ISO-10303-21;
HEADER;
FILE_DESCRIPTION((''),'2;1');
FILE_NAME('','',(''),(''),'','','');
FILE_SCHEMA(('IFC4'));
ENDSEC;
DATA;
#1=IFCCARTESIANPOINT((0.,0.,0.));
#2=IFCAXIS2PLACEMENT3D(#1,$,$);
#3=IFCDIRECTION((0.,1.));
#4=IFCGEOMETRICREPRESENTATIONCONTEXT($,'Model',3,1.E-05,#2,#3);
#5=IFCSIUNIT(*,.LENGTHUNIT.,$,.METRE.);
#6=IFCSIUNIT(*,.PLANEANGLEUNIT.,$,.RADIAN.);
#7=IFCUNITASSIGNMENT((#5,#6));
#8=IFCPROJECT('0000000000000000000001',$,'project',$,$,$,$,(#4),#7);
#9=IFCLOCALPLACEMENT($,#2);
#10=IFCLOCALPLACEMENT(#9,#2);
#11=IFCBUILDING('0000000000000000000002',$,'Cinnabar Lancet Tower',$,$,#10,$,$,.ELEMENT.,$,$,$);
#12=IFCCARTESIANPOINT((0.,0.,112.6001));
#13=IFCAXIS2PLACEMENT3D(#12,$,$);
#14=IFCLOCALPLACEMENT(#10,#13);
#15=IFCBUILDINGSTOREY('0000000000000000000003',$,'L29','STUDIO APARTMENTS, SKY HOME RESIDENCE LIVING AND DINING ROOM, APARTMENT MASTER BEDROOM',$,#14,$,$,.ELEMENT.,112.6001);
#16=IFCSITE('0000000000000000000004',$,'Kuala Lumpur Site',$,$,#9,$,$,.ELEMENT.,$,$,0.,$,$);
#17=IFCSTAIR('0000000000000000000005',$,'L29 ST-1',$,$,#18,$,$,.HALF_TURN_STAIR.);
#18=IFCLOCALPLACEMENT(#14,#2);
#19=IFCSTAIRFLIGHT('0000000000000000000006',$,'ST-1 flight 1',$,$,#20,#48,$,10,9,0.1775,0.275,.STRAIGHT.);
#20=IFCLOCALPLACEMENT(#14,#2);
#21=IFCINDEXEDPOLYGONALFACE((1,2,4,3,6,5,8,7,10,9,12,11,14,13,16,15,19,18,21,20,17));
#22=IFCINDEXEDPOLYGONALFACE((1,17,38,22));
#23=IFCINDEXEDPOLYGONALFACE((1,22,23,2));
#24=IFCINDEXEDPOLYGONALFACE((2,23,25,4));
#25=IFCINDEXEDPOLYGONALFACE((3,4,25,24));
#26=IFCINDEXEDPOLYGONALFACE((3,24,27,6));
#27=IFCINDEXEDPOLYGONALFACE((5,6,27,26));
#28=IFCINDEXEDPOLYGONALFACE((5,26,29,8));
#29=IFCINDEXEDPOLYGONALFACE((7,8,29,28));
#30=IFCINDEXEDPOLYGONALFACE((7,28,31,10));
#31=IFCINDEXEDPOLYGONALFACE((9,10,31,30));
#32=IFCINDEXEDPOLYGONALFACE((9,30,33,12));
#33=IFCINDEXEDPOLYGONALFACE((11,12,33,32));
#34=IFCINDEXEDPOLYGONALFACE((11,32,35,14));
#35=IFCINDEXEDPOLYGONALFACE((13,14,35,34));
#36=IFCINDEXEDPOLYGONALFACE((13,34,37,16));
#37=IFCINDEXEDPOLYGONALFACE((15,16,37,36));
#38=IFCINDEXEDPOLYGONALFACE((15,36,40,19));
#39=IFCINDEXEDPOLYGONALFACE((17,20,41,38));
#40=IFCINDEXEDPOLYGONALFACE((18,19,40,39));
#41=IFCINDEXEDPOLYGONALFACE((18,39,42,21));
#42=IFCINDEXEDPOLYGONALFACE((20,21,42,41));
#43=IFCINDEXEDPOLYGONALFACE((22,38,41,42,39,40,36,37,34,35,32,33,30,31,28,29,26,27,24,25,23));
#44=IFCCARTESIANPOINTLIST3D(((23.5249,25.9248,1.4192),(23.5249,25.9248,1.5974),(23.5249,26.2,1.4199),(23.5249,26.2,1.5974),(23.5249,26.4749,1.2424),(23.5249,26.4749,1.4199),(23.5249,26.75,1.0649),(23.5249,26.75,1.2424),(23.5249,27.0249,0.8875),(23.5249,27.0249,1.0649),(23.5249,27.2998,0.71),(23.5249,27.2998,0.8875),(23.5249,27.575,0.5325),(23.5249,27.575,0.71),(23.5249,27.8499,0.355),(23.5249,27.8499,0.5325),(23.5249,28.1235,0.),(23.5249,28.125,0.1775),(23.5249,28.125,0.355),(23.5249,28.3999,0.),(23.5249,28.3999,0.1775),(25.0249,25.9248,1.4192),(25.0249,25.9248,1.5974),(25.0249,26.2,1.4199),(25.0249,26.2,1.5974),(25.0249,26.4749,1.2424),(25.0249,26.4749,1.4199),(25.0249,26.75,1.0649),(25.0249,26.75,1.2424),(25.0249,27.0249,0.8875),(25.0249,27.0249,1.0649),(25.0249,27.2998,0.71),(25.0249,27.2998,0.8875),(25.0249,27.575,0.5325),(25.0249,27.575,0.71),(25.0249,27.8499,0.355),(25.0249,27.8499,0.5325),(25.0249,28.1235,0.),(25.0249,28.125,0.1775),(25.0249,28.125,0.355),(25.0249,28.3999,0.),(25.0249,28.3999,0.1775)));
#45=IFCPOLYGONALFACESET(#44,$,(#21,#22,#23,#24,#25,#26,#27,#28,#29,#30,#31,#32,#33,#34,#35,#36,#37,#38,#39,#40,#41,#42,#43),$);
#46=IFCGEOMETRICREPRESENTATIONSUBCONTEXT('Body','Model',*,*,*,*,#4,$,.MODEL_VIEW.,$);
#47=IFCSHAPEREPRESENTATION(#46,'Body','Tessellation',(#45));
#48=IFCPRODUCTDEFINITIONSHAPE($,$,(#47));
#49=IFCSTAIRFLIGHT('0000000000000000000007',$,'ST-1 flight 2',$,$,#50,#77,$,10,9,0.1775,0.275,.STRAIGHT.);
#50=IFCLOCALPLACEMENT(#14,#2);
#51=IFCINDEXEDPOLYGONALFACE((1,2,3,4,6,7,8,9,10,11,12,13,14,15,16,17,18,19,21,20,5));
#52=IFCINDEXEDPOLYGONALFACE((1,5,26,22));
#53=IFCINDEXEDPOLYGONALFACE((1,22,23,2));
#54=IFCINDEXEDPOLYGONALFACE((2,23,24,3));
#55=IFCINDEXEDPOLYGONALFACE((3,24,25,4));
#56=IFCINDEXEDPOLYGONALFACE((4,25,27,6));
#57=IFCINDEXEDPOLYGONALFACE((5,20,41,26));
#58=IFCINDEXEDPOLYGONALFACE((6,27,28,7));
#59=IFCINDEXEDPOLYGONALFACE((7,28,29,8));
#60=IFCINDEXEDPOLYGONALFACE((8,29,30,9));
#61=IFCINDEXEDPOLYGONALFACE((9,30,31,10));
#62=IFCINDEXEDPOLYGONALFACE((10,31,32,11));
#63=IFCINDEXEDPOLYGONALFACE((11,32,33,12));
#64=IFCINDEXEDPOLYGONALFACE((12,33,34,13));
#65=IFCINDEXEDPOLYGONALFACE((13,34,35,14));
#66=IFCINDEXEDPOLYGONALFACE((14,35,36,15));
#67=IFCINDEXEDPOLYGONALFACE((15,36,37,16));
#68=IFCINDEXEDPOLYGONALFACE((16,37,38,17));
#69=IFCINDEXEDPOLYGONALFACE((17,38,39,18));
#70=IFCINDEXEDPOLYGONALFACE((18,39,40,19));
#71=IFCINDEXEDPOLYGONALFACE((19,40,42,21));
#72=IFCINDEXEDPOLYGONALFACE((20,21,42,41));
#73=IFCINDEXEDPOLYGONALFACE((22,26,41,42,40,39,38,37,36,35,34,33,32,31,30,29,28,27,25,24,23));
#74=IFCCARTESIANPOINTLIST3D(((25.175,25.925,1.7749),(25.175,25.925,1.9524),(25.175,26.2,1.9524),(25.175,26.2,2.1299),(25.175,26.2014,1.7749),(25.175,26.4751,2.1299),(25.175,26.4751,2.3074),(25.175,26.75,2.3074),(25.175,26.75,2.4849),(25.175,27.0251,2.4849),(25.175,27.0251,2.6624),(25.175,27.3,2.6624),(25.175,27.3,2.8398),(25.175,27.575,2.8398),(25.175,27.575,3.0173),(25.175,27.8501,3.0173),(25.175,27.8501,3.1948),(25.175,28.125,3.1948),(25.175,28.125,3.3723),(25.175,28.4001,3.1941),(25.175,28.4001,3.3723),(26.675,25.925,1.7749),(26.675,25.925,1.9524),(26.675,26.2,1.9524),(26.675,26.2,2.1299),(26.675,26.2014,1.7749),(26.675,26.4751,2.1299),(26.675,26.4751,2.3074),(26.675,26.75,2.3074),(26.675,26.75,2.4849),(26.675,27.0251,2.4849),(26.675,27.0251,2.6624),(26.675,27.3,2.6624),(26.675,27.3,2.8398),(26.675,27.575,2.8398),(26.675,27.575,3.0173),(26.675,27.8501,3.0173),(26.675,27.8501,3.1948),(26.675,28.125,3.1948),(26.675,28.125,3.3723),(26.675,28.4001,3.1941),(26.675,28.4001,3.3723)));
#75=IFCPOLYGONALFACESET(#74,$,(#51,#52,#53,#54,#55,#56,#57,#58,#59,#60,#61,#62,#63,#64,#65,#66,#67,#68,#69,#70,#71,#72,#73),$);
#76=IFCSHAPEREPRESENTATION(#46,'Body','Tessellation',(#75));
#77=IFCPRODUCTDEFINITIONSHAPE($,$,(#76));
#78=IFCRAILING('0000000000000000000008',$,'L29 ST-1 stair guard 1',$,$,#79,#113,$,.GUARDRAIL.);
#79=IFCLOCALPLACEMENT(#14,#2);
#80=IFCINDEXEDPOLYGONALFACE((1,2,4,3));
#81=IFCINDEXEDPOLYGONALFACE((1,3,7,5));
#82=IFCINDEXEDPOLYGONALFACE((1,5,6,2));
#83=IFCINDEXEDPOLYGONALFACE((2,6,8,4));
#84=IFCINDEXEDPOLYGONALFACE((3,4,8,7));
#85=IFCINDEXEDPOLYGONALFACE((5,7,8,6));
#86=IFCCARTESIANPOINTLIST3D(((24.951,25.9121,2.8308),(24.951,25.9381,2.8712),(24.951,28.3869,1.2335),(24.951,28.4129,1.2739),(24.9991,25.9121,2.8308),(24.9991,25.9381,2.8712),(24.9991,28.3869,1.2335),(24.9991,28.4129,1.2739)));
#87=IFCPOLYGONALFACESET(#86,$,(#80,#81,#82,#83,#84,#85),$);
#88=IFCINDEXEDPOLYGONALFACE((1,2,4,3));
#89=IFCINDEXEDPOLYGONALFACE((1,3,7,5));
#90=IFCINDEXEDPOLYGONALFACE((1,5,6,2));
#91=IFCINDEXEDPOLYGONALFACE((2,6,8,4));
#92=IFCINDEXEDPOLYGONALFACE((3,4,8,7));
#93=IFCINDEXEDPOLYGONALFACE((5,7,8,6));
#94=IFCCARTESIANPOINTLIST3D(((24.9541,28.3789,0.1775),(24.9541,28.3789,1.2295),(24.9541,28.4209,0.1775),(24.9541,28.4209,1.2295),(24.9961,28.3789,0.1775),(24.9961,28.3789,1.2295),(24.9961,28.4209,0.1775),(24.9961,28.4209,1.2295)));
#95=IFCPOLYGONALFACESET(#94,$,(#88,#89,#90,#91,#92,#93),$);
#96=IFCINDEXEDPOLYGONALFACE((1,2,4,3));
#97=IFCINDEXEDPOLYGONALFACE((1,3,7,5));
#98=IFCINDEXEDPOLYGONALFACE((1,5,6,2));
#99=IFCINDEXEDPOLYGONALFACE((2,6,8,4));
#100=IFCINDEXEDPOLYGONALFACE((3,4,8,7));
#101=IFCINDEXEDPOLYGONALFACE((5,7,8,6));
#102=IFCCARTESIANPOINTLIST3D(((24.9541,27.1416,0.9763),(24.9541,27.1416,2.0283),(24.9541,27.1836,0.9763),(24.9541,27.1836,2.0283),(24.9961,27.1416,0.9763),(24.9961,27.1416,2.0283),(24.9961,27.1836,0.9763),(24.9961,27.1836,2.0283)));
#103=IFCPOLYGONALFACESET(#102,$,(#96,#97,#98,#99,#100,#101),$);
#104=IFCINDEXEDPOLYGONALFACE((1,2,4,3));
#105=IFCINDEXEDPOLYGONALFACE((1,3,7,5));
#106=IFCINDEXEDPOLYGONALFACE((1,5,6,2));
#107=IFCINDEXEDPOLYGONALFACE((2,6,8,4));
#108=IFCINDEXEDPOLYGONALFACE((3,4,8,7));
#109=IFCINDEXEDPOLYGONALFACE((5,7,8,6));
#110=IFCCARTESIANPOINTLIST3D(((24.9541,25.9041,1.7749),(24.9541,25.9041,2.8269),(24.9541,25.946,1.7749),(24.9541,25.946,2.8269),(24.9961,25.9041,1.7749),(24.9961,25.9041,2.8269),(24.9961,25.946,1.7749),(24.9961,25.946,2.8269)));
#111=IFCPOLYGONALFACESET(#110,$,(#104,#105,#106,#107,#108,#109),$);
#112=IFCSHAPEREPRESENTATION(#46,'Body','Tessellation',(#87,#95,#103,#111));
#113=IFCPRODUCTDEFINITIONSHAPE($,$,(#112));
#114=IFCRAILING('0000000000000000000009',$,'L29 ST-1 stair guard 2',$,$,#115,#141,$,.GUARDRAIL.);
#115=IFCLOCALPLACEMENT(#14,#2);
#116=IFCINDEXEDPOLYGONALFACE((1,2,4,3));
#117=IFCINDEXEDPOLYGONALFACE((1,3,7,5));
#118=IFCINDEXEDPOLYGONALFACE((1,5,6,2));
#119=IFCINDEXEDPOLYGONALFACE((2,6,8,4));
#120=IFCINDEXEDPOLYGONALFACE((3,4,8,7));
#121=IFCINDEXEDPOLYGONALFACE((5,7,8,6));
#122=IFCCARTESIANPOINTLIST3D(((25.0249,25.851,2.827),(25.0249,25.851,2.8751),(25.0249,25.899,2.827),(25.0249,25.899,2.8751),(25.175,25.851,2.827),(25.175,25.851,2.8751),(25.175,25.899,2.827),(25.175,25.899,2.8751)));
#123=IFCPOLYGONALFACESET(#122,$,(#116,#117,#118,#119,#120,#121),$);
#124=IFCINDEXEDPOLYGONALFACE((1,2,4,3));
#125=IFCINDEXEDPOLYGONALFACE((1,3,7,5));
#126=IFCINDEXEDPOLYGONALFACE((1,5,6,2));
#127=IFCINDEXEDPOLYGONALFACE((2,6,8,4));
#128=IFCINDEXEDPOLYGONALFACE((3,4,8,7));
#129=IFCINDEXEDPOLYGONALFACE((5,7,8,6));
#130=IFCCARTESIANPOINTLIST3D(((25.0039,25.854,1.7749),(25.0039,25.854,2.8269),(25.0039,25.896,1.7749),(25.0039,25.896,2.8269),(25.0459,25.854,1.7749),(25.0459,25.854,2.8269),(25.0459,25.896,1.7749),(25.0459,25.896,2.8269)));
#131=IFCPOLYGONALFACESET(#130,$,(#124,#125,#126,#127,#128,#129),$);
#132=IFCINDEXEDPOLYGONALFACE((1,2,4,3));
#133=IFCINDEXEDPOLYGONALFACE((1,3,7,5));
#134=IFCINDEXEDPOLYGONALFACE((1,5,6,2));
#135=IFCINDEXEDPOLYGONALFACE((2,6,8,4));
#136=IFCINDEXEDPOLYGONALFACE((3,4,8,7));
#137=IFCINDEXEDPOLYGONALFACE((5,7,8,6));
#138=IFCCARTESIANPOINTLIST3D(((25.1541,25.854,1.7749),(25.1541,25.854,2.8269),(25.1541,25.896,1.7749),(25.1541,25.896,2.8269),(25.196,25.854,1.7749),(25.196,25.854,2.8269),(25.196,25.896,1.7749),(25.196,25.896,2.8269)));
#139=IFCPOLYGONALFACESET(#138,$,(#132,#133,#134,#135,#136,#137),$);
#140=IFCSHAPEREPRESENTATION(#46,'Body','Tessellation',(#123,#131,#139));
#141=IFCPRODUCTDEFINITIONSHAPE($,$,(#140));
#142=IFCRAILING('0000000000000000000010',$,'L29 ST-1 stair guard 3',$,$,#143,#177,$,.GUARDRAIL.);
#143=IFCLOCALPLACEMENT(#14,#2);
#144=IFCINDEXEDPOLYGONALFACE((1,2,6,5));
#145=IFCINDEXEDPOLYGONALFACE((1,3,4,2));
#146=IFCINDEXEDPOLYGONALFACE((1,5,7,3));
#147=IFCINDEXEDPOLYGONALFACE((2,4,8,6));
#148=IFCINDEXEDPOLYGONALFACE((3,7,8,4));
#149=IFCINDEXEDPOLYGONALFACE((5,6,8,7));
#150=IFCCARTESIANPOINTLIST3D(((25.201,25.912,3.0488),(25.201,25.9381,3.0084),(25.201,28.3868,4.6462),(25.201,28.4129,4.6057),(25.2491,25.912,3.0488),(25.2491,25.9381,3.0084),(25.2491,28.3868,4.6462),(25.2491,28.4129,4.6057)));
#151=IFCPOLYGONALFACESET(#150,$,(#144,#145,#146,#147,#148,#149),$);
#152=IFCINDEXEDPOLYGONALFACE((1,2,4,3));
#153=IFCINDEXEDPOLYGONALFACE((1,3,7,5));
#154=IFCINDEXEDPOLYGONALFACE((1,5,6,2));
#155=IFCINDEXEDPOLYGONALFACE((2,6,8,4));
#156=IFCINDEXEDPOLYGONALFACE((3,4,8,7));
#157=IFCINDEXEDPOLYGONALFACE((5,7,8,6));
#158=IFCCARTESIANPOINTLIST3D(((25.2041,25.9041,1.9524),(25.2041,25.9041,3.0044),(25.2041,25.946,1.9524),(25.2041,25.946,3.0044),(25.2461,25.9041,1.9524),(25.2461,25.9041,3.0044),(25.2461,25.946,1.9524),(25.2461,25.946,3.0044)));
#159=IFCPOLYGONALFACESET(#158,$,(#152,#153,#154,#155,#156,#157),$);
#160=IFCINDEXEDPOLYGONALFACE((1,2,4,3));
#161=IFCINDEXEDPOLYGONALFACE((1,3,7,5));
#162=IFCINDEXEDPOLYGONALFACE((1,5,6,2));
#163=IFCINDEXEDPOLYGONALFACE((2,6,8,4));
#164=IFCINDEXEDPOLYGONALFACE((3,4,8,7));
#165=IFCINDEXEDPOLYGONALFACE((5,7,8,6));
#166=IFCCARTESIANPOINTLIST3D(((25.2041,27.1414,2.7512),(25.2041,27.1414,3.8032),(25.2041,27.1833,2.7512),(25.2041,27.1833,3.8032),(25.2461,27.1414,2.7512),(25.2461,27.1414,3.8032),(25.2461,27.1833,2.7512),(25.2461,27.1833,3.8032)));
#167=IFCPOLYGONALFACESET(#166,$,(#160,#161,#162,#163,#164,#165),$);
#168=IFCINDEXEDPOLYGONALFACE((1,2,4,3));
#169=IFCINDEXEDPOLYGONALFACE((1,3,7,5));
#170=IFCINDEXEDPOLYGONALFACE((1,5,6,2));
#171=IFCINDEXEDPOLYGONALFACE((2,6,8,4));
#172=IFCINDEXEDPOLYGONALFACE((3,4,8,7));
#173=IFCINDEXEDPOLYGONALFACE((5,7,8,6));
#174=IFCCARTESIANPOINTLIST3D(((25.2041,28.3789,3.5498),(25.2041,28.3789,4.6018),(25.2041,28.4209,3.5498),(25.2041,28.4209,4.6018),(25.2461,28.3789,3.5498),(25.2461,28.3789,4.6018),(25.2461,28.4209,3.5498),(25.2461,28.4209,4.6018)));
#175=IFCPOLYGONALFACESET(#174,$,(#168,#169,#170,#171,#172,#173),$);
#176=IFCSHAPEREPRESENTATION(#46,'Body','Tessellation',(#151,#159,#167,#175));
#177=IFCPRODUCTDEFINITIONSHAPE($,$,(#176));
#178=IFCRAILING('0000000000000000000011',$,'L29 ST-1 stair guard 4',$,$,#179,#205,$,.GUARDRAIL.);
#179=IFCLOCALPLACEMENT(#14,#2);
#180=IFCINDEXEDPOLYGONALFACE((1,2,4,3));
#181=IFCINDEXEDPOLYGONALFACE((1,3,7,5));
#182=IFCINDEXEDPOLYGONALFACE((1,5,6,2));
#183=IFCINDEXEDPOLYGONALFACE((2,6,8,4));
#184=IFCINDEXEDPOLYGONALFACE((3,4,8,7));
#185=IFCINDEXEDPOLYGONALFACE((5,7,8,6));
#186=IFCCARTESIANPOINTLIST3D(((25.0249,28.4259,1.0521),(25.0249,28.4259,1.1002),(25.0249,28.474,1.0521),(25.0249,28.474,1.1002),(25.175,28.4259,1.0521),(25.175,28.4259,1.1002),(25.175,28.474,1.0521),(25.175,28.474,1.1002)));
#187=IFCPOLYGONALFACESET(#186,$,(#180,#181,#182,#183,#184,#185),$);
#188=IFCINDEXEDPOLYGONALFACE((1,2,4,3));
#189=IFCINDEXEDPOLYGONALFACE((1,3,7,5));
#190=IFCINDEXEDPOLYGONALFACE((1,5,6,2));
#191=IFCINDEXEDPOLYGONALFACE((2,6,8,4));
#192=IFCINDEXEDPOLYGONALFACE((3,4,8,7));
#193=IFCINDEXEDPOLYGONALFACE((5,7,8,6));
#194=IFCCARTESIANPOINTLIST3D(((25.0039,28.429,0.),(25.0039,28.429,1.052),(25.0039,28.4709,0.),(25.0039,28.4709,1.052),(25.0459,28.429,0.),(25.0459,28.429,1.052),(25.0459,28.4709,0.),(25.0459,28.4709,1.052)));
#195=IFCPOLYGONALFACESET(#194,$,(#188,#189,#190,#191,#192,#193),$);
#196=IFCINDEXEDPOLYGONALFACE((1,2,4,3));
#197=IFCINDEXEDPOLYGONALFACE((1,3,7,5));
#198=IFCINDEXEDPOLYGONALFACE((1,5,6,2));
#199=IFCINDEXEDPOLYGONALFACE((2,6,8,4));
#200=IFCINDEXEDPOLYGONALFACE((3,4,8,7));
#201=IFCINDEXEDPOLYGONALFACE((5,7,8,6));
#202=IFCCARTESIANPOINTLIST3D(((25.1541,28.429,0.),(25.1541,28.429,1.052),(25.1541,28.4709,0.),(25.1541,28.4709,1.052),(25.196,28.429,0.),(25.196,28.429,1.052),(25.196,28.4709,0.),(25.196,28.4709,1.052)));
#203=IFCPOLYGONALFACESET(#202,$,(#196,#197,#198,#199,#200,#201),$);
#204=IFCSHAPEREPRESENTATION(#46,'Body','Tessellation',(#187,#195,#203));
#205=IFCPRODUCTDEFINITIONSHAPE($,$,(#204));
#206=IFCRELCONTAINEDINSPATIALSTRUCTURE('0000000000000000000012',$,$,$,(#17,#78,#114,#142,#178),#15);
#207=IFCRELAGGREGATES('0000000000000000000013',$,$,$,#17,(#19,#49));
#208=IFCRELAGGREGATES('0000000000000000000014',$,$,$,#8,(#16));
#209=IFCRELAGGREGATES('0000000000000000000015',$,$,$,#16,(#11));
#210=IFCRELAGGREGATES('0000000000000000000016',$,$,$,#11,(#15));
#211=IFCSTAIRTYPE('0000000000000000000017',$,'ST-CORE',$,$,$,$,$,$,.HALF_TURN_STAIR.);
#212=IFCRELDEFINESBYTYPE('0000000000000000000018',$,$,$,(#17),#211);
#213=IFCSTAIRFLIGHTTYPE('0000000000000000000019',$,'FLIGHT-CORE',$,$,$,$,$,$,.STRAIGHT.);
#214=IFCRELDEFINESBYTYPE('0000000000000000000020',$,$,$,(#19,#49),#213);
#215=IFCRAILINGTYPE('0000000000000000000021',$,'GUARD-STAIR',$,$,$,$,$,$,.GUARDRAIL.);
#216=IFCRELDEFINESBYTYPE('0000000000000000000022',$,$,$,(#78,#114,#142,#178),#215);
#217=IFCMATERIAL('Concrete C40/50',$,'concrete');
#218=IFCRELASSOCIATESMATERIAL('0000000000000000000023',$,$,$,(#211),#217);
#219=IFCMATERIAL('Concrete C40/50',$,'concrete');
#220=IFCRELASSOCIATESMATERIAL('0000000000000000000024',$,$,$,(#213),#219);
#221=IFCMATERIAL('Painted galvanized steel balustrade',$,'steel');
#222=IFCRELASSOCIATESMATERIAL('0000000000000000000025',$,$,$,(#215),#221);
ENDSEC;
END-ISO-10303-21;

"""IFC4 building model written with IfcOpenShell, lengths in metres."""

from ifc_helpers import new_model, si_unit, direction, frame, origin, origin_2d, place, context, subcontext, project, spatial, polyline, rectangle, outline, extrude, material, type_object, element, aggregate, save


model = new_model("IFC4")

# Units and contexts
model_context = context("Model", 3, precision=1e-05, world=origin(), true_north=direction((0.0, 1.0)))
body_context = subcontext(model_context, "Body", "Model", "MODEL_VIEW")
ifc_project = project(units=[si_unit("LENGTHUNIT", "METRE"), si_unit("PLANEANGLEUNIT", "RADIAN")], contexts=[model_context])

# Site, building, storey
site_placement = place(None, origin())
site = spatial("IfcSite", under=ifc_project, at=site_placement, Name="Kuala Lumpur Site", CompositionType="ELEMENT", RefElevation=0.0)
building_placement = place(site_placement, origin())
building = spatial("IfcBuilding", under=site, at=building_placement, Name="Cinnabar Lancet Tower", CompositionType="ELEMENT")
storey_placement = place(building_placement, frame((0.0, 0.0, 112.6001)))
storey = spatial("IfcBuildingStorey", under=building, at=storey_placement, Name="L29", Description="STUDIO APARTMENTS, SKY HOME RESIDENCE LIVING AND DINING ROOM, APARTMENT MASTER BEDROOM", CompositionType="ELEMENT", Elevation=112.6001)

# Stair, stair flights
ifc_material_1 = material(Name="Concrete C40/50", Category="concrete")
stair_type = type_object("IfcStairType", Name="ST-CORE", PredefinedType="HALF_TURN_STAIR", material=ifc_material_1)
stair_placement = place(storey_placement, origin())
stair = element("IfcStair", 1, at=stair_placement, inside=storey, type_object=stair_type, Name="L29 ST-1", PredefinedType="HALF_TURN_STAIR")
ifc_material_2 = material(Name="Concrete C40/50", Category="concrete")
stair_flight_type = type_object("IfcStairFlightType", Name="FLIGHT-CORE", PredefinedType="STRAIGHT", material=ifc_material_2)
stair_flight_1_placement = place(storey_placement, frame((24.2749, 28.3999, 0.0), z_axis=(0.0, 0.0, 1.0), x_axis=(0.0, -1.0, 0.0)))
stair_flight_1 = element("IfcStairFlight", 2, at=stair_flight_1_placement, type_object=stair_flight_type, Name="ST-1 flight 1", NumberOfRisers=10, NumberOfTreads=9, PredefinedType="STRAIGHT", RiserHeight=0.1775, TreadLength=0.275, context=body_context, shape_type="SweptSolid", body=[
    extrude(outline(polyline([(0.0, 0.0), (0.0, 0.1775), (0.2749, 0.1775), (0.2749, 0.355), (0.55, 0.355), (0.55, 0.5325), (0.825, 0.5325), (0.825, 0.71), (1.1001, 0.71), (1.1001, 0.8875), (1.375, 0.8875), (1.375, 1.0649), (1.6499, 1.0649), (1.6499, 1.2424), (1.925, 1.2424), (1.925, 1.4199), (2.2, 1.4199), (2.2, 1.5974), (2.4751, 1.5974), (2.4751, 1.7749), (2.4751, 1.4192), (0.2764, 0.0), (0.0, 0.0)])), frame((0.0, 0.75, 0.0), z_axis=(0.0, -1.0, 0.0), x_axis=(1.0, 0.0, 0.0)), (0.0, 0.0, 1.0), 1.5),
])
stair_flight_2_placement = place(storey_placement, frame((25.925, 25.925, 1.7749), z_axis=(0.0, 0.0, 1.0), x_axis=(0.0, 1.0, 0.0)))
stair_flight_2 = element("IfcStairFlight", 3, at=stair_flight_2_placement, type_object=stair_flight_type, Name="ST-1 flight 2", NumberOfRisers=10, NumberOfTreads=9, PredefinedType="STRAIGHT", RiserHeight=0.1775, TreadLength=0.275, context=body_context, shape_type="SweptSolid", body=[
    extrude(outline(polyline([(0.0, 0.0), (0.0, 0.1775), (0.2749, 0.1775), (0.2749, 0.355), (0.55, 0.355), (0.55, 0.5325), (0.825, 0.5325), (0.825, 0.71), (1.1001, 0.71), (1.1001, 0.8875), (1.375, 0.8875), (1.375, 1.0649), (1.6499, 1.0649), (1.6499, 1.2424), (1.925, 1.2424), (1.925, 1.4199), (2.2, 1.4199), (2.2, 1.5974), (2.4751, 1.5974), (2.4751, 1.7749), (2.4751, 1.4192), (0.2764, 0.0), (0.0, 0.0)])), frame((0.0, 0.75, 0.0), z_axis=(0.0, -1.0, 0.0), x_axis=(1.0, 0.0, 0.0)), (0.0, 0.0, 1.0), 1.5),
])
aggregate(stair, [stair_flight_1, stair_flight_2])

# Railings
ifc_material_3 = material(Name="Painted galvanized steel balustrade", Category="steel")
railing_type_1 = type_object("IfcRailingType", Name="GUARD-STAIR", PredefinedType="GUARDRAIL", material=ifc_material_3)
railing_1_placement = place(storey_placement, frame((24.9751, 28.3999, 0.1775)))
element("IfcRailing", 4, at=railing_1_placement, inside=storey, type_object=railing_type_1, Name="L29 ST-1 stair guard 1", PredefinedType="GUARDRAIL", context=body_context, shape_type="SweptSolid", body=[
    extrude(rectangle(XDim=0.0481, YDim=0.0481, at=origin_2d()), frame((0.0, 0.0, 1.0762), z_axis=(0.0, -0.840183, 0.542302), x_axis=(1.0, 0.0, 0.0)), (0.0, 0.0, 1.0), 2.9456),
    extrude(rectangle(XDim=0.042, YDim=0.042, at=origin_2d()), origin(), (0.0, 0.0, 1.0), 1.052),
    extrude(rectangle(XDim=0.042, YDim=0.042, at=origin_2d()), frame((0.0, -1.2373, 0.7988)), (0.0, 0.0, 1.0), 1.052),
    extrude(rectangle(XDim=0.042, YDim=0.042, at=origin_2d()), frame((0.0, -2.4749, 1.5974)), (0.0, 0.0, 1.0), 1.052),
])
railing_2_placement = place(storey_placement, frame((25.0249, 25.875, 1.7749)))
element("IfcRailing", 5, at=railing_2_placement, inside=storey, type_object=railing_type_1, Name="L29 ST-1 stair guard 2", PredefinedType="GUARDRAIL", context=body_context, shape_type="SweptSolid", body=[
    extrude(rectangle(XDim=0.0481, YDim=0.0481, at=origin_2d()), frame((0.0, 0.0, 1.0762), z_axis=(1.0, 0.0, 0.0), x_axis=(0.0, 1.0, 0.0)), (0.0, 0.0, 1.0), 0.1501),
    extrude(rectangle(XDim=0.042, YDim=0.042, at=origin_2d()), origin(), (0.0, 0.0, 1.0), 1.052),
    extrude(rectangle(XDim=0.042, YDim=0.042, at=origin_2d()), frame((0.1501, 0.0, 0.0)), (0.0, 0.0, 1.0), 1.052),
])
railing_3_placement = place(storey_placement, frame((25.2251, 25.925, 1.9524)))
element("IfcRailing", 6, at=railing_3_placement, inside=storey, type_object=railing_type_1, Name="L29 ST-1 stair guard 3", PredefinedType="GUARDRAIL", context=body_context, shape_type="SweptSolid", body=[
    extrude(rectangle(XDim=0.0481, YDim=0.0481, at=origin_2d()), frame((0.0, 0.0, 1.0762), z_axis=(0.0, 0.840183, 0.542302), x_axis=(-1.0, 0.0, 0.0)), (0.0, 0.0, 1.0), 2.9456),
    extrude(rectangle(XDim=0.042, YDim=0.042, at=origin_2d()), origin(), (0.0, 0.0, 1.0), 1.052),
    extrude(rectangle(XDim=0.042, YDim=0.042, at=origin_2d()), frame((0.0, 1.2373, 0.7988)), (0.0, 0.0, 1.0), 1.052),
    extrude(rectangle(XDim=0.042, YDim=0.042, at=origin_2d()), frame((0.0, 2.4749, 1.5974)), (0.0, 0.0, 1.0), 1.052),
])
railing_4_placement = place(storey_placement, frame((25.0249, 28.45, 0.0)))
element("IfcRailing", 7, at=railing_4_placement, inside=storey, type_object=railing_type_1, Name="L29 ST-1 stair guard 4", PredefinedType="GUARDRAIL", context=body_context, shape_type="SweptSolid", body=[
    extrude(rectangle(XDim=0.0481, YDim=0.0481, at=origin_2d()), frame((0.0, 0.0, 1.0762), z_axis=(1.0, 0.0, 0.0), x_axis=(0.0, 1.0, 0.0)), (0.0, 0.0, 1.0), 0.1501),
    extrude(rectangle(XDim=0.042, YDim=0.042, at=origin_2d()), origin(), (0.0, 0.0, 1.0), 1.052),
    extrude(rectangle(XDim=0.042, YDim=0.042, at=origin_2d()), frame((0.1501, 0.0, 0.0)), (0.0, 0.0, 1.0), 1.052),
])

save(model, "model.ifc")
